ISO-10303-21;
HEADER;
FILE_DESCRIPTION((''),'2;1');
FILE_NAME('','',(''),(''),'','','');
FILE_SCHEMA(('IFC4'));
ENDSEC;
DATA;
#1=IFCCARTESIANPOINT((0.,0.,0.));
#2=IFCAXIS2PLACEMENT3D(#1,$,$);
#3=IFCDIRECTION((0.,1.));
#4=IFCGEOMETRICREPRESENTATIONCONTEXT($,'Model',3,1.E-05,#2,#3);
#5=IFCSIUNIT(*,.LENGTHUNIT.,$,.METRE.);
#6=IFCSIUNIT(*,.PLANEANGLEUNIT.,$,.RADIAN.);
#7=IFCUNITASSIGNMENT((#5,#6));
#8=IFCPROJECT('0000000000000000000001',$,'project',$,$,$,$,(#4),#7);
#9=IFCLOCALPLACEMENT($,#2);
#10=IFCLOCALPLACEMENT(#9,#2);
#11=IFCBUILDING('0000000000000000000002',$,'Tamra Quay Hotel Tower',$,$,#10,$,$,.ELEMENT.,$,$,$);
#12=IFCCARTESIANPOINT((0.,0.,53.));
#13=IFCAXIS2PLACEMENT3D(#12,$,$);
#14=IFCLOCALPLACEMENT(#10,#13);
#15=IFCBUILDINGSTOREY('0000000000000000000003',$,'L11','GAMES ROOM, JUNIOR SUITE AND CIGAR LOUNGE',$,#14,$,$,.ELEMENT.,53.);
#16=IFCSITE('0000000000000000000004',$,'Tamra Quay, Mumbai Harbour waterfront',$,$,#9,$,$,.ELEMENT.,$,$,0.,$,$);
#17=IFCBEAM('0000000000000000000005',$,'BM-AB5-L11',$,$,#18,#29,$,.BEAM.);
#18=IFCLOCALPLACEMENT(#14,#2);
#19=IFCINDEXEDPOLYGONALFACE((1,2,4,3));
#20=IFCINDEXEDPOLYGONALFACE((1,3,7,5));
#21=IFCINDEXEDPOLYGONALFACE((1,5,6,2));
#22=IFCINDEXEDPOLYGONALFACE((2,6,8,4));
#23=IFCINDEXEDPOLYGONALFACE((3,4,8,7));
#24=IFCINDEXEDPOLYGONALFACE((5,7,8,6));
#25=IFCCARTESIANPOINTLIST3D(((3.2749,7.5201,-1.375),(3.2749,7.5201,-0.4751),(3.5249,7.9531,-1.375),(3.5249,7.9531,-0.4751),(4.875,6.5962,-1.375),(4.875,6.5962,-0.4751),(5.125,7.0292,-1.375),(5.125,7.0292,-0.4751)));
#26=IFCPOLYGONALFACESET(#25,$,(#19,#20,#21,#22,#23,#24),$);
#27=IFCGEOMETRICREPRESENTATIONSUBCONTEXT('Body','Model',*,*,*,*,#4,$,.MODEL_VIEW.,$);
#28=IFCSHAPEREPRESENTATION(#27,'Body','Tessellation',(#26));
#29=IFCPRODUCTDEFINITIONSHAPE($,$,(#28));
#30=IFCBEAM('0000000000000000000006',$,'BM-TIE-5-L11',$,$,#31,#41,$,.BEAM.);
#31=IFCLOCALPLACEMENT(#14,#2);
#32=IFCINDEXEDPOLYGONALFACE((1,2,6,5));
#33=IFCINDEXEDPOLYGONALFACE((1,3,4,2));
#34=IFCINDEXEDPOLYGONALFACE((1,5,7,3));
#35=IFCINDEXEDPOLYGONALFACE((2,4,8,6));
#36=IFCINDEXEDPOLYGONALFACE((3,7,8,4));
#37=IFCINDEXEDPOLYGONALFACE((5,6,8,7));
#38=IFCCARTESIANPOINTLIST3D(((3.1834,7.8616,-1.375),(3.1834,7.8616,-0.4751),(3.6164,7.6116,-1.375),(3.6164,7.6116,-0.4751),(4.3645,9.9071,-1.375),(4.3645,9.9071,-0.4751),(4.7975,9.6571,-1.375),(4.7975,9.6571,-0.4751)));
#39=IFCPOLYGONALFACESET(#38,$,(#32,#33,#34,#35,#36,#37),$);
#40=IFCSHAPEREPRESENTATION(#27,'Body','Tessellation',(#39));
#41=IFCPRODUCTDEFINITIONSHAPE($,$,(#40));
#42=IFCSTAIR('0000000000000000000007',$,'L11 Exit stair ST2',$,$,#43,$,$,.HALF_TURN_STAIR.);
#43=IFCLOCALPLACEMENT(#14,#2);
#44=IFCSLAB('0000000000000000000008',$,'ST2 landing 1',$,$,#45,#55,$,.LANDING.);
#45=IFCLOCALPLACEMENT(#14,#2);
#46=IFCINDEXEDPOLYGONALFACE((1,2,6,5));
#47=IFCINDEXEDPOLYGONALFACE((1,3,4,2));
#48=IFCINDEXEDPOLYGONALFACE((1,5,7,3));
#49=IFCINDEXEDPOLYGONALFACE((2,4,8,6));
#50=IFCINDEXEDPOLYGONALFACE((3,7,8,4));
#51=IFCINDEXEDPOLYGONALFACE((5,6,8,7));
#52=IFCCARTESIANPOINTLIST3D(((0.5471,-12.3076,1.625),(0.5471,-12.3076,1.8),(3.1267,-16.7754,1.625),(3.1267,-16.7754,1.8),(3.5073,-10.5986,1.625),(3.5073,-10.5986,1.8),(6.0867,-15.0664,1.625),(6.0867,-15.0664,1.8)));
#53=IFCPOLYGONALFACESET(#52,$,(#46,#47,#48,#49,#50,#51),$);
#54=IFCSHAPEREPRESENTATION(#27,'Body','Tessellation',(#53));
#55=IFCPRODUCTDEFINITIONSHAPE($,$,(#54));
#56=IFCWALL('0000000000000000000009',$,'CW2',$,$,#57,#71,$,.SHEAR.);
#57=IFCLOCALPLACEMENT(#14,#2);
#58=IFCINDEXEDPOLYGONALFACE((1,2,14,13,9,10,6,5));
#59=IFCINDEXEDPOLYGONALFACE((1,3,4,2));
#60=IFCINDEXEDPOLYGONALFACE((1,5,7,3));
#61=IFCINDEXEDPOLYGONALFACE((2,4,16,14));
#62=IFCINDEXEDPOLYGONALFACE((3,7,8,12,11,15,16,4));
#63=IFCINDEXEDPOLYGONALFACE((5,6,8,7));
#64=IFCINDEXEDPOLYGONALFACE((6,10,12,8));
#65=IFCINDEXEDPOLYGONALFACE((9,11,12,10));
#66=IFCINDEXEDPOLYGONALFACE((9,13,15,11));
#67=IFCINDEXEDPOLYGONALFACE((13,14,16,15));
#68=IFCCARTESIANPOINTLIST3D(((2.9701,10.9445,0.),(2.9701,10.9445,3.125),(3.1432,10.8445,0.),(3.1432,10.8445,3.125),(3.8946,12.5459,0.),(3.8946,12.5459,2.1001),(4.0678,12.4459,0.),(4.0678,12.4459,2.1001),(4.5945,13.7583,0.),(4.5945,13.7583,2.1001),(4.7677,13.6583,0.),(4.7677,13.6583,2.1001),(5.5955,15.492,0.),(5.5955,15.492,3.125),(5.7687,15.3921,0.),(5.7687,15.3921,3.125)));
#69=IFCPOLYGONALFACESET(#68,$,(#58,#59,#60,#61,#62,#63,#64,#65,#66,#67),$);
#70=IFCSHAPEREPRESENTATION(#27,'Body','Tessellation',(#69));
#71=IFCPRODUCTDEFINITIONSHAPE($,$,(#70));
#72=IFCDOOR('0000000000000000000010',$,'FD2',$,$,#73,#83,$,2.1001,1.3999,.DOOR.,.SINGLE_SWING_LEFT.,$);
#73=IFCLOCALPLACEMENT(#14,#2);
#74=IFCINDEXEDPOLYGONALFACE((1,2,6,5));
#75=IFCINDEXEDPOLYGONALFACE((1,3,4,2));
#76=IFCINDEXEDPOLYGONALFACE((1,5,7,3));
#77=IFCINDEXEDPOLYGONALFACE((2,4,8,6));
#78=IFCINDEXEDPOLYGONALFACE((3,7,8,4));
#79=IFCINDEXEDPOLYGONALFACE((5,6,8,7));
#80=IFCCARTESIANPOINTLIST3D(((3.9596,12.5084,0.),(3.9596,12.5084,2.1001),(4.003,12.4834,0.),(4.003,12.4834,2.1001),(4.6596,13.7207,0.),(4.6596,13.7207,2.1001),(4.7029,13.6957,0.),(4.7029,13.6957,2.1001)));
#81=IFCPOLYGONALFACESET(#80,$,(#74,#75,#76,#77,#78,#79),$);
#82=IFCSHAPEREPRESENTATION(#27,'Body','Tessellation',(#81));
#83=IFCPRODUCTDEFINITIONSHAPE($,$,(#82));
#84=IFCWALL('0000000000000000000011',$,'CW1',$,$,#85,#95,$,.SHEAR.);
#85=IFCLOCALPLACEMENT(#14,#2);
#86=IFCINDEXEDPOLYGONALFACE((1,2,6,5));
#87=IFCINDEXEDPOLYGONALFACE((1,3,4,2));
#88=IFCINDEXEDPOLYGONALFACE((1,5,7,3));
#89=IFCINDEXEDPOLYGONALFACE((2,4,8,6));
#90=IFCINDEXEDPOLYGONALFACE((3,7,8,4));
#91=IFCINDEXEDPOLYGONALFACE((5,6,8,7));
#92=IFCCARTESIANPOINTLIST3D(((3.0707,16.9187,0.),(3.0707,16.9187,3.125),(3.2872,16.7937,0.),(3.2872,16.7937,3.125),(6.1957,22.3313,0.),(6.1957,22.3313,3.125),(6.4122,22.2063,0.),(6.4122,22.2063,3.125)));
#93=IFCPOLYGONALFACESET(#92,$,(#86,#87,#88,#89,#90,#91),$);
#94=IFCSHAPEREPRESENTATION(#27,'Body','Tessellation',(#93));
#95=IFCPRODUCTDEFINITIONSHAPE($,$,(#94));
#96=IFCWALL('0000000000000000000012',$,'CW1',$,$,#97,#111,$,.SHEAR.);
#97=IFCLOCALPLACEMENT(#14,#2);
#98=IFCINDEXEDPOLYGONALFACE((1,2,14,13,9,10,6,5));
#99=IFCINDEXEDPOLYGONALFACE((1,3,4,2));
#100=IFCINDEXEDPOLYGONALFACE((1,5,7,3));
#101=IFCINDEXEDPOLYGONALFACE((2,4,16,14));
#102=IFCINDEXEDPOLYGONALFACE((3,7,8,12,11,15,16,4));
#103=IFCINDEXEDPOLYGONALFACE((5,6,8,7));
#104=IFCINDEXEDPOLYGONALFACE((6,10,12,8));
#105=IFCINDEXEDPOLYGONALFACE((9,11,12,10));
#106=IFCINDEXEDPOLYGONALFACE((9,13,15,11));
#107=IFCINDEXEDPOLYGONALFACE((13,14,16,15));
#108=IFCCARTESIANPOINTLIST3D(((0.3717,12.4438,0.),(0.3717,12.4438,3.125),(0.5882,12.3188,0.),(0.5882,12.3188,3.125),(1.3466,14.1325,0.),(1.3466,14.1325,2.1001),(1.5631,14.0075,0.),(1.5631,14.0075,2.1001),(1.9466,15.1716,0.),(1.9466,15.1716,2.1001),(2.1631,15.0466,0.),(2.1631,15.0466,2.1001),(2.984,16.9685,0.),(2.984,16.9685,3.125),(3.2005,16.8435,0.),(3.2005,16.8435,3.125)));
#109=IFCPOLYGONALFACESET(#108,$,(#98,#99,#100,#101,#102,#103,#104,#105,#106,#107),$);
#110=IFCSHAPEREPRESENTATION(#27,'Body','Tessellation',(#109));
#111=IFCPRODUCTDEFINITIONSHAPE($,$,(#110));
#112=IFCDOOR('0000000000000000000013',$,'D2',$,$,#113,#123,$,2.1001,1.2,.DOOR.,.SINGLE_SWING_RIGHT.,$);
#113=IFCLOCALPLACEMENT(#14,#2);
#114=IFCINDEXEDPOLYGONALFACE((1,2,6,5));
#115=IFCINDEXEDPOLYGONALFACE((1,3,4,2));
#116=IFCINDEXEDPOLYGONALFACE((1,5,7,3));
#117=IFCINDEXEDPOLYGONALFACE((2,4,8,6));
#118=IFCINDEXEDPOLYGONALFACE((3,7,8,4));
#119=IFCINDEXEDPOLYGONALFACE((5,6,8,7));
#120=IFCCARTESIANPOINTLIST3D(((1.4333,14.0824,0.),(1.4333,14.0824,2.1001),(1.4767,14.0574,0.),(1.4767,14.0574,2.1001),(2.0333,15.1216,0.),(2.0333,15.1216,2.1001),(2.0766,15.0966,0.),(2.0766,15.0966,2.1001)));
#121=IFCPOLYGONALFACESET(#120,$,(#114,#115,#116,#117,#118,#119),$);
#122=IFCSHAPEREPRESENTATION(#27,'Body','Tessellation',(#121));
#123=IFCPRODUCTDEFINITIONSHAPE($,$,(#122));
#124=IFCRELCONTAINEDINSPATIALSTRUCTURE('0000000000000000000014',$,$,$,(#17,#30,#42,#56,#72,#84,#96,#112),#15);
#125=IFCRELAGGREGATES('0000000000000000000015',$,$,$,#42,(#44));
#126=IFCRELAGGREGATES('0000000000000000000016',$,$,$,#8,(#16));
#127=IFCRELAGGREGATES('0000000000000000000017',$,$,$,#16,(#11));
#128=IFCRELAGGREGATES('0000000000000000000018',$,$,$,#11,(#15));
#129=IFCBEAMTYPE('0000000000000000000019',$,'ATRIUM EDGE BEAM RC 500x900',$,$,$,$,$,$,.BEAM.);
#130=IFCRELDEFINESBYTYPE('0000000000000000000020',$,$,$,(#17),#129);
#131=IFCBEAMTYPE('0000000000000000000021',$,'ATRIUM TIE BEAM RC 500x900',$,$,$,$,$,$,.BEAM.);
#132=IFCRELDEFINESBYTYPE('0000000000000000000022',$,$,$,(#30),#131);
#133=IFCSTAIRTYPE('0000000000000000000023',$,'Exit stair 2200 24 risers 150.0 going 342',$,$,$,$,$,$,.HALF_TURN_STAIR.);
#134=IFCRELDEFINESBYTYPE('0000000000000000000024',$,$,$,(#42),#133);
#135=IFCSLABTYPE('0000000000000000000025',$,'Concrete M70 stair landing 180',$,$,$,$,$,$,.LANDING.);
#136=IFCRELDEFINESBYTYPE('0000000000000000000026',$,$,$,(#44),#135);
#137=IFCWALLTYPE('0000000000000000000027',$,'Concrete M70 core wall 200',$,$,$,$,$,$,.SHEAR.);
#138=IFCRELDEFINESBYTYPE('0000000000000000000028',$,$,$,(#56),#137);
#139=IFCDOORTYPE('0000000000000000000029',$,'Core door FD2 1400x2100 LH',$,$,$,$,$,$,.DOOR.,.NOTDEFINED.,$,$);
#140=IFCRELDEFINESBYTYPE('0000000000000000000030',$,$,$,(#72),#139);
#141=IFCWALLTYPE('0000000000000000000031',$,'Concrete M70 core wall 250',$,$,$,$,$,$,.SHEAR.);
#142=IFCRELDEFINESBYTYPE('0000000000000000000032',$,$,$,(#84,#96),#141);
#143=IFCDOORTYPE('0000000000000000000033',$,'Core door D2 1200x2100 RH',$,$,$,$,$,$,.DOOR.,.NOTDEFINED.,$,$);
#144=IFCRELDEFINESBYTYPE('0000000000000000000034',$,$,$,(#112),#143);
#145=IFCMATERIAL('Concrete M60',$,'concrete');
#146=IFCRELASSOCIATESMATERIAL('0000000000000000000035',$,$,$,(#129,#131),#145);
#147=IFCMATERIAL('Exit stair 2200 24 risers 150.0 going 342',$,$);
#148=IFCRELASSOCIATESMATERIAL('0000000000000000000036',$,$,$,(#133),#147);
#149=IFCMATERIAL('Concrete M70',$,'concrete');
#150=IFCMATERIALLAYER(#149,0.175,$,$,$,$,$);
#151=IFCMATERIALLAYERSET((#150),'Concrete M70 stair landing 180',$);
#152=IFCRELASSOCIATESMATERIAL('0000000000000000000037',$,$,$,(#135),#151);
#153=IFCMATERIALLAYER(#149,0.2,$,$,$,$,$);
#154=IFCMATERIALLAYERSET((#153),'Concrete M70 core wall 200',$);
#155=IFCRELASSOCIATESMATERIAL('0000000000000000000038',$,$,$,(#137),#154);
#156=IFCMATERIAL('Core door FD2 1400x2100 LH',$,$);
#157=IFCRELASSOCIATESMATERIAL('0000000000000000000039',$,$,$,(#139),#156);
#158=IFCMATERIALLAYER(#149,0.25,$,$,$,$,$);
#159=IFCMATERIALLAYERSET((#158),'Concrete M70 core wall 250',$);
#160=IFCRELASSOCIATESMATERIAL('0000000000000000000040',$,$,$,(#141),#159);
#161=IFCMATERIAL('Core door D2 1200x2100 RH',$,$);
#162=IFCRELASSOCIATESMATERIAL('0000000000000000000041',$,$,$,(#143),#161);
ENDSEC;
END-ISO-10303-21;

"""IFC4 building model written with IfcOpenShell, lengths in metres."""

from ifc_helpers import new_model, si_unit, direction, frame, frame_2d, origin, origin_2d, place, context, subcontext, project, spatial, polyline, rectangle, outline, extrude, material, layer, layer_set, material_profile, profile_set, type_object, element, fill, aggregate, save


model = new_model("IFC4")

# Units and contexts
model_context = context("Model", 3, precision=1e-05, world=origin(), true_north=direction((0.0, 1.0)))
body_context = subcontext(model_context, "Body", "Model", "MODEL_VIEW")
ifc_project = project(units=[si_unit("LENGTHUNIT", "METRE"), si_unit("PLANEANGLEUNIT", "RADIAN")], contexts=[model_context])

# Site, building, storey
site_placement = place(None, origin())
site = spatial("IfcSite", under=ifc_project, at=site_placement, Name="Tamra Quay, Mumbai Harbour waterfront", CompositionType="ELEMENT", RefElevation=0.0)
building_placement = place(site_placement, origin())
building = spatial("IfcBuilding", under=site, at=building_placement, Name="Tamra Quay Hotel Tower", CompositionType="ELEMENT")
storey_placement = place(building_placement, frame((0.0, 0.0, 53.0)))
storey = spatial("IfcBuildingStorey", under=building, at=storey_placement, Name="L11", Description="GAMES ROOM, JUNIOR SUITE AND CIGAR LOUNGE", CompositionType="ELEMENT", Elevation=53.0)

# Beams
ifc_material_1 = material(Name="Concrete M60", Category="concrete")
ifc_material_profile_1 = material_profile(ifc_material_1, rectangle(XDim=0.5, YDim=0.8999, at=origin_2d()), Name="ATRIUM EDGE BEAM RC 500x900")
ifc_profile_set_1 = profile_set([ifc_material_profile_1], Name="Concrete M60")
beam_type_1 = type_object("IfcBeamType", Name="ATRIUM EDGE BEAM RC 500x900", PredefinedType="BEAM", material=ifc_profile_set_1)
beam_1_placement = place(storey_placement, frame((3.3999, 7.7366, -0.925), z_axis=(0.866023, -0.500005, 0.0), x_axis=(0.500005, 0.866023, 0.0)))
element("IfcBeam", 1, at=beam_1_placement, inside=storey, type_object=beam_type_1, Name="BM-AB5-L11", PredefinedType="BEAM", context=body_context, shape_type="SweptSolid", body=[
    extrude(rectangle(XDim=0.5, YDim=0.8999, at=origin_2d()), origin(), (0.0, 0.0, 1.0), 1.8477),
])
ifc_material_profile_2 = material_profile(ifc_material_1, rectangle(XDim=0.5, YDim=0.8999, at=origin_2d()), Name="ATRIUM TIE BEAM RC 500x900")
ifc_profile_set_2 = profile_set([ifc_material_profile_2], Name="Concrete M60")
beam_type_2 = type_object("IfcBeamType", Name="ATRIUM TIE BEAM RC 500x900", PredefinedType="BEAM", material=ifc_profile_set_2)
beam_2_placement = place(storey_placement, frame((3.3999, 7.7366, -0.925), z_axis=(0.50003, 0.866008, 0.0), x_axis=(-0.866008, 0.50003, 0.0)))
element("IfcBeam", 2, at=beam_2_placement, inside=storey, type_object=beam_type_2, Name="BM-TIE-5-L11", PredefinedType="BEAM", context=body_context, shape_type="SweptSolid", body=[
    extrude(rectangle(XDim=0.5, YDim=0.8999, at=origin_2d()), origin(), (0.0, 0.0, 1.0), 2.3621),
])

# Stair, slab
ifc_material_2 = material(Name="Exit stair 2200 24 risers 150.0 going 342")
stair_type = type_object("IfcStairType", Name="Exit stair 2200 24 risers 150.0 going 342", PredefinedType="HALF_TURN_STAIR", material=ifc_material_2)
stair_1_placement = place(storey_placement, origin())
stair_1 = element("IfcStair", 3, at=stair_1_placement, inside=storey, type_object=stair_type, Name="L11 Exit stair ST2", PredefinedType="HALF_TURN_STAIR")
ifc_material_3 = material(Name="Concrete M70", Category="concrete")
ifc_layer_1 = layer(ifc_material_3, 0.175)
ifc_layer_set_1 = layer_set([ifc_layer_1], Name="Concrete M70 stair landing 180")
slab_type = type_object("IfcSlabType", Name="Concrete M70 stair landing 180", PredefinedType="LANDING", material=ifc_layer_set_1)
slab_placement = place(storey_placement, frame((0.0, 0.0, 1.625)))
slab = element("IfcSlab", 4, at=slab_placement, type_object=slab_type, Name="ST2 landing 1", PredefinedType="LANDING", context=body_context, shape_type="SweptSolid", body=[
    extrude(outline(polyline([(3.5073, -10.5986), (0.5471, -12.3076), (3.1267, -16.7754), (6.0867, -15.0664), (3.5073, -10.5986)])), origin(), (0.0, 0.0, 1.0), 0.175),
])
aggregate(stair_1, [slab])

# Wall, opening, door
ifc_layer_2 = layer(ifc_material_3, 0.2)
ifc_layer_set_2 = layer_set([ifc_layer_2], Name="Concrete M70 core wall 200")
wall_type_1 = type_object("IfcWallType", Name="Concrete M70 core wall 200", PredefinedType="SHEAR", material=ifc_layer_set_2)
wall_1_placement = place(storey_placement, frame((3.0566, 10.8945, 0.0), z_axis=(0.0, 0.0, 1.0), x_axis=(0.499989, 0.866032, 0.0)))
wall_1 = element("IfcWall", 5, at=wall_1_placement, inside=storey, type_object=wall_type_1, Name="CW2", PredefinedType="SHEAR", context=body_context, shape_type="SweptSolid", body=[
    extrude(rectangle(XDim=5.251, YDim=0.2, at=frame_2d((2.6255, 0.0))), origin(), (0.0, 0.0, 1.0), 3.125),
])
opening_1_placement = place(wall_1_placement, frame((1.8491, 0.0, 0.0)))
opening_1 = element("IfcOpeningElement", 6, at=opening_1_placement, cuts=wall_1, PredefinedType="OPENING", context=body_context, shape_type="SweptSolid", body=[
    extrude(rectangle(XDim=1.3999, YDim=2.1001, at=frame_2d((0.7, 1.05))), frame((0.0, 0.1099, 0.0), z_axis=(0.0, -1.0, 0.0), x_axis=(1.0, 0.0, 0.0)), (0.0, 0.0, 1.0), 0.22),
])
ifc_material_4 = material(Name="Core door FD2 1400x2100 LH")
door_type_1 = type_object("IfcDoorType", Name="Core door FD2 1400x2100 LH", OperationType="NOTDEFINED", PredefinedType="DOOR", material=ifc_material_4)
door_1_placement = place(opening_1_placement, origin())
door_1 = element("IfcDoor", 7, at=door_1_placement, inside=storey, type_object=door_type_1, Name="FD2", OperationType="SINGLE_SWING_LEFT", OverallHeight=2.1001, OverallWidth=1.3999, PredefinedType="DOOR", context=body_context, shape_type="SweptSolid", body=[
    extrude(rectangle(XDim=1.3999, YDim=2.1001, at=frame_2d((0.7, 1.05))), frame((0.0, 0.0249, 0.0), z_axis=(0.0, -1.0, 0.0), x_axis=(1.0, 0.0, 0.0)), (0.0, 0.0, 1.0), 0.05),
])
fill(opening_1, door_1)

# Wall
ifc_layer_3 = layer(ifc_material_3, 0.25)
ifc_layer_set_3 = layer_set([ifc_layer_3], Name="Concrete M70 core wall 250")
wall_type_2 = type_object("IfcWallType", Name="Concrete M70 core wall 250", PredefinedType="SHEAR", material=ifc_layer_set_3)
wall_2_placement = place(storey_placement, frame((3.179, 16.8562, 0.0), z_axis=(0.0, 0.0, 1.0), x_axis=(0.500004, 0.866023, 0.0)))
element("IfcWall", 8, at=wall_2_placement, inside=storey, type_object=wall_type_2, Name="CW1", PredefinedType="SHEAR", context=body_context, shape_type="SweptSolid", body=[
    extrude(rectangle(XDim=6.25, YDim=0.25, at=frame_2d((3.125, 0.0))), origin(), (0.0, 0.0, 1.0), 3.125),
])

# Wall, opening, door
wall_3_placement = place(storey_placement, frame((0.48, 12.3813, 0.0), z_axis=(0.0, 0.0, 1.0), x_axis=(0.499999, 0.866026, 0.0)))
wall_3 = element("IfcWall", 9, at=wall_3_placement, inside=storey, type_object=wall_type_2, Name="CW1", PredefinedType="SHEAR", context=body_context, shape_type="SweptSolid", body=[
    extrude(rectangle(XDim=5.2246, YDim=0.25, at=frame_2d((2.6123, 0.0))), origin(), (0.0, 0.0, 1.0), 3.125),
])
opening_2_placement = place(wall_3_placement, frame((1.9497, 0.0, 0.0)))
opening_2 = element("IfcOpeningElement", 10, at=opening_2_placement, cuts=wall_3, PredefinedType="OPENING", context=body_context, shape_type="SweptSolid", body=[
    extrude(rectangle(XDim=1.2, YDim=2.1001, at=frame_2d((0.6001, 1.05))), frame((0.0, 0.135, 0.0), z_axis=(0.0, -1.0, 0.0), x_axis=(1.0, 0.0, 0.0)), (0.0, 0.0, 1.0), 0.27),
])
ifc_material_5 = material(Name="Core door D2 1200x2100 RH")
door_type_2 = type_object("IfcDoorType", Name="Core door D2 1200x2100 RH", OperationType="NOTDEFINED", PredefinedType="DOOR", material=ifc_material_5)
door_2_placement = place(opening_2_placement, origin())
door_2 = element("IfcDoor", 11, at=door_2_placement, inside=storey, type_object=door_type_2, Name="D2", OperationType="SINGLE_SWING_RIGHT", OverallHeight=2.1001, OverallWidth=1.2, PredefinedType="DOOR", context=body_context, shape_type="SweptSolid", body=[
    extrude(rectangle(XDim=1.2, YDim=2.1001, at=frame_2d((0.6001, 1.05))), frame((0.0, 0.0249, 0.0), z_axis=(0.0, -1.0, 0.0), x_axis=(1.0, 0.0, 0.0)), (0.0, 0.0, 1.0), 0.05),
])
fill(opening_2, door_2)

save(model, "model.ifc")
